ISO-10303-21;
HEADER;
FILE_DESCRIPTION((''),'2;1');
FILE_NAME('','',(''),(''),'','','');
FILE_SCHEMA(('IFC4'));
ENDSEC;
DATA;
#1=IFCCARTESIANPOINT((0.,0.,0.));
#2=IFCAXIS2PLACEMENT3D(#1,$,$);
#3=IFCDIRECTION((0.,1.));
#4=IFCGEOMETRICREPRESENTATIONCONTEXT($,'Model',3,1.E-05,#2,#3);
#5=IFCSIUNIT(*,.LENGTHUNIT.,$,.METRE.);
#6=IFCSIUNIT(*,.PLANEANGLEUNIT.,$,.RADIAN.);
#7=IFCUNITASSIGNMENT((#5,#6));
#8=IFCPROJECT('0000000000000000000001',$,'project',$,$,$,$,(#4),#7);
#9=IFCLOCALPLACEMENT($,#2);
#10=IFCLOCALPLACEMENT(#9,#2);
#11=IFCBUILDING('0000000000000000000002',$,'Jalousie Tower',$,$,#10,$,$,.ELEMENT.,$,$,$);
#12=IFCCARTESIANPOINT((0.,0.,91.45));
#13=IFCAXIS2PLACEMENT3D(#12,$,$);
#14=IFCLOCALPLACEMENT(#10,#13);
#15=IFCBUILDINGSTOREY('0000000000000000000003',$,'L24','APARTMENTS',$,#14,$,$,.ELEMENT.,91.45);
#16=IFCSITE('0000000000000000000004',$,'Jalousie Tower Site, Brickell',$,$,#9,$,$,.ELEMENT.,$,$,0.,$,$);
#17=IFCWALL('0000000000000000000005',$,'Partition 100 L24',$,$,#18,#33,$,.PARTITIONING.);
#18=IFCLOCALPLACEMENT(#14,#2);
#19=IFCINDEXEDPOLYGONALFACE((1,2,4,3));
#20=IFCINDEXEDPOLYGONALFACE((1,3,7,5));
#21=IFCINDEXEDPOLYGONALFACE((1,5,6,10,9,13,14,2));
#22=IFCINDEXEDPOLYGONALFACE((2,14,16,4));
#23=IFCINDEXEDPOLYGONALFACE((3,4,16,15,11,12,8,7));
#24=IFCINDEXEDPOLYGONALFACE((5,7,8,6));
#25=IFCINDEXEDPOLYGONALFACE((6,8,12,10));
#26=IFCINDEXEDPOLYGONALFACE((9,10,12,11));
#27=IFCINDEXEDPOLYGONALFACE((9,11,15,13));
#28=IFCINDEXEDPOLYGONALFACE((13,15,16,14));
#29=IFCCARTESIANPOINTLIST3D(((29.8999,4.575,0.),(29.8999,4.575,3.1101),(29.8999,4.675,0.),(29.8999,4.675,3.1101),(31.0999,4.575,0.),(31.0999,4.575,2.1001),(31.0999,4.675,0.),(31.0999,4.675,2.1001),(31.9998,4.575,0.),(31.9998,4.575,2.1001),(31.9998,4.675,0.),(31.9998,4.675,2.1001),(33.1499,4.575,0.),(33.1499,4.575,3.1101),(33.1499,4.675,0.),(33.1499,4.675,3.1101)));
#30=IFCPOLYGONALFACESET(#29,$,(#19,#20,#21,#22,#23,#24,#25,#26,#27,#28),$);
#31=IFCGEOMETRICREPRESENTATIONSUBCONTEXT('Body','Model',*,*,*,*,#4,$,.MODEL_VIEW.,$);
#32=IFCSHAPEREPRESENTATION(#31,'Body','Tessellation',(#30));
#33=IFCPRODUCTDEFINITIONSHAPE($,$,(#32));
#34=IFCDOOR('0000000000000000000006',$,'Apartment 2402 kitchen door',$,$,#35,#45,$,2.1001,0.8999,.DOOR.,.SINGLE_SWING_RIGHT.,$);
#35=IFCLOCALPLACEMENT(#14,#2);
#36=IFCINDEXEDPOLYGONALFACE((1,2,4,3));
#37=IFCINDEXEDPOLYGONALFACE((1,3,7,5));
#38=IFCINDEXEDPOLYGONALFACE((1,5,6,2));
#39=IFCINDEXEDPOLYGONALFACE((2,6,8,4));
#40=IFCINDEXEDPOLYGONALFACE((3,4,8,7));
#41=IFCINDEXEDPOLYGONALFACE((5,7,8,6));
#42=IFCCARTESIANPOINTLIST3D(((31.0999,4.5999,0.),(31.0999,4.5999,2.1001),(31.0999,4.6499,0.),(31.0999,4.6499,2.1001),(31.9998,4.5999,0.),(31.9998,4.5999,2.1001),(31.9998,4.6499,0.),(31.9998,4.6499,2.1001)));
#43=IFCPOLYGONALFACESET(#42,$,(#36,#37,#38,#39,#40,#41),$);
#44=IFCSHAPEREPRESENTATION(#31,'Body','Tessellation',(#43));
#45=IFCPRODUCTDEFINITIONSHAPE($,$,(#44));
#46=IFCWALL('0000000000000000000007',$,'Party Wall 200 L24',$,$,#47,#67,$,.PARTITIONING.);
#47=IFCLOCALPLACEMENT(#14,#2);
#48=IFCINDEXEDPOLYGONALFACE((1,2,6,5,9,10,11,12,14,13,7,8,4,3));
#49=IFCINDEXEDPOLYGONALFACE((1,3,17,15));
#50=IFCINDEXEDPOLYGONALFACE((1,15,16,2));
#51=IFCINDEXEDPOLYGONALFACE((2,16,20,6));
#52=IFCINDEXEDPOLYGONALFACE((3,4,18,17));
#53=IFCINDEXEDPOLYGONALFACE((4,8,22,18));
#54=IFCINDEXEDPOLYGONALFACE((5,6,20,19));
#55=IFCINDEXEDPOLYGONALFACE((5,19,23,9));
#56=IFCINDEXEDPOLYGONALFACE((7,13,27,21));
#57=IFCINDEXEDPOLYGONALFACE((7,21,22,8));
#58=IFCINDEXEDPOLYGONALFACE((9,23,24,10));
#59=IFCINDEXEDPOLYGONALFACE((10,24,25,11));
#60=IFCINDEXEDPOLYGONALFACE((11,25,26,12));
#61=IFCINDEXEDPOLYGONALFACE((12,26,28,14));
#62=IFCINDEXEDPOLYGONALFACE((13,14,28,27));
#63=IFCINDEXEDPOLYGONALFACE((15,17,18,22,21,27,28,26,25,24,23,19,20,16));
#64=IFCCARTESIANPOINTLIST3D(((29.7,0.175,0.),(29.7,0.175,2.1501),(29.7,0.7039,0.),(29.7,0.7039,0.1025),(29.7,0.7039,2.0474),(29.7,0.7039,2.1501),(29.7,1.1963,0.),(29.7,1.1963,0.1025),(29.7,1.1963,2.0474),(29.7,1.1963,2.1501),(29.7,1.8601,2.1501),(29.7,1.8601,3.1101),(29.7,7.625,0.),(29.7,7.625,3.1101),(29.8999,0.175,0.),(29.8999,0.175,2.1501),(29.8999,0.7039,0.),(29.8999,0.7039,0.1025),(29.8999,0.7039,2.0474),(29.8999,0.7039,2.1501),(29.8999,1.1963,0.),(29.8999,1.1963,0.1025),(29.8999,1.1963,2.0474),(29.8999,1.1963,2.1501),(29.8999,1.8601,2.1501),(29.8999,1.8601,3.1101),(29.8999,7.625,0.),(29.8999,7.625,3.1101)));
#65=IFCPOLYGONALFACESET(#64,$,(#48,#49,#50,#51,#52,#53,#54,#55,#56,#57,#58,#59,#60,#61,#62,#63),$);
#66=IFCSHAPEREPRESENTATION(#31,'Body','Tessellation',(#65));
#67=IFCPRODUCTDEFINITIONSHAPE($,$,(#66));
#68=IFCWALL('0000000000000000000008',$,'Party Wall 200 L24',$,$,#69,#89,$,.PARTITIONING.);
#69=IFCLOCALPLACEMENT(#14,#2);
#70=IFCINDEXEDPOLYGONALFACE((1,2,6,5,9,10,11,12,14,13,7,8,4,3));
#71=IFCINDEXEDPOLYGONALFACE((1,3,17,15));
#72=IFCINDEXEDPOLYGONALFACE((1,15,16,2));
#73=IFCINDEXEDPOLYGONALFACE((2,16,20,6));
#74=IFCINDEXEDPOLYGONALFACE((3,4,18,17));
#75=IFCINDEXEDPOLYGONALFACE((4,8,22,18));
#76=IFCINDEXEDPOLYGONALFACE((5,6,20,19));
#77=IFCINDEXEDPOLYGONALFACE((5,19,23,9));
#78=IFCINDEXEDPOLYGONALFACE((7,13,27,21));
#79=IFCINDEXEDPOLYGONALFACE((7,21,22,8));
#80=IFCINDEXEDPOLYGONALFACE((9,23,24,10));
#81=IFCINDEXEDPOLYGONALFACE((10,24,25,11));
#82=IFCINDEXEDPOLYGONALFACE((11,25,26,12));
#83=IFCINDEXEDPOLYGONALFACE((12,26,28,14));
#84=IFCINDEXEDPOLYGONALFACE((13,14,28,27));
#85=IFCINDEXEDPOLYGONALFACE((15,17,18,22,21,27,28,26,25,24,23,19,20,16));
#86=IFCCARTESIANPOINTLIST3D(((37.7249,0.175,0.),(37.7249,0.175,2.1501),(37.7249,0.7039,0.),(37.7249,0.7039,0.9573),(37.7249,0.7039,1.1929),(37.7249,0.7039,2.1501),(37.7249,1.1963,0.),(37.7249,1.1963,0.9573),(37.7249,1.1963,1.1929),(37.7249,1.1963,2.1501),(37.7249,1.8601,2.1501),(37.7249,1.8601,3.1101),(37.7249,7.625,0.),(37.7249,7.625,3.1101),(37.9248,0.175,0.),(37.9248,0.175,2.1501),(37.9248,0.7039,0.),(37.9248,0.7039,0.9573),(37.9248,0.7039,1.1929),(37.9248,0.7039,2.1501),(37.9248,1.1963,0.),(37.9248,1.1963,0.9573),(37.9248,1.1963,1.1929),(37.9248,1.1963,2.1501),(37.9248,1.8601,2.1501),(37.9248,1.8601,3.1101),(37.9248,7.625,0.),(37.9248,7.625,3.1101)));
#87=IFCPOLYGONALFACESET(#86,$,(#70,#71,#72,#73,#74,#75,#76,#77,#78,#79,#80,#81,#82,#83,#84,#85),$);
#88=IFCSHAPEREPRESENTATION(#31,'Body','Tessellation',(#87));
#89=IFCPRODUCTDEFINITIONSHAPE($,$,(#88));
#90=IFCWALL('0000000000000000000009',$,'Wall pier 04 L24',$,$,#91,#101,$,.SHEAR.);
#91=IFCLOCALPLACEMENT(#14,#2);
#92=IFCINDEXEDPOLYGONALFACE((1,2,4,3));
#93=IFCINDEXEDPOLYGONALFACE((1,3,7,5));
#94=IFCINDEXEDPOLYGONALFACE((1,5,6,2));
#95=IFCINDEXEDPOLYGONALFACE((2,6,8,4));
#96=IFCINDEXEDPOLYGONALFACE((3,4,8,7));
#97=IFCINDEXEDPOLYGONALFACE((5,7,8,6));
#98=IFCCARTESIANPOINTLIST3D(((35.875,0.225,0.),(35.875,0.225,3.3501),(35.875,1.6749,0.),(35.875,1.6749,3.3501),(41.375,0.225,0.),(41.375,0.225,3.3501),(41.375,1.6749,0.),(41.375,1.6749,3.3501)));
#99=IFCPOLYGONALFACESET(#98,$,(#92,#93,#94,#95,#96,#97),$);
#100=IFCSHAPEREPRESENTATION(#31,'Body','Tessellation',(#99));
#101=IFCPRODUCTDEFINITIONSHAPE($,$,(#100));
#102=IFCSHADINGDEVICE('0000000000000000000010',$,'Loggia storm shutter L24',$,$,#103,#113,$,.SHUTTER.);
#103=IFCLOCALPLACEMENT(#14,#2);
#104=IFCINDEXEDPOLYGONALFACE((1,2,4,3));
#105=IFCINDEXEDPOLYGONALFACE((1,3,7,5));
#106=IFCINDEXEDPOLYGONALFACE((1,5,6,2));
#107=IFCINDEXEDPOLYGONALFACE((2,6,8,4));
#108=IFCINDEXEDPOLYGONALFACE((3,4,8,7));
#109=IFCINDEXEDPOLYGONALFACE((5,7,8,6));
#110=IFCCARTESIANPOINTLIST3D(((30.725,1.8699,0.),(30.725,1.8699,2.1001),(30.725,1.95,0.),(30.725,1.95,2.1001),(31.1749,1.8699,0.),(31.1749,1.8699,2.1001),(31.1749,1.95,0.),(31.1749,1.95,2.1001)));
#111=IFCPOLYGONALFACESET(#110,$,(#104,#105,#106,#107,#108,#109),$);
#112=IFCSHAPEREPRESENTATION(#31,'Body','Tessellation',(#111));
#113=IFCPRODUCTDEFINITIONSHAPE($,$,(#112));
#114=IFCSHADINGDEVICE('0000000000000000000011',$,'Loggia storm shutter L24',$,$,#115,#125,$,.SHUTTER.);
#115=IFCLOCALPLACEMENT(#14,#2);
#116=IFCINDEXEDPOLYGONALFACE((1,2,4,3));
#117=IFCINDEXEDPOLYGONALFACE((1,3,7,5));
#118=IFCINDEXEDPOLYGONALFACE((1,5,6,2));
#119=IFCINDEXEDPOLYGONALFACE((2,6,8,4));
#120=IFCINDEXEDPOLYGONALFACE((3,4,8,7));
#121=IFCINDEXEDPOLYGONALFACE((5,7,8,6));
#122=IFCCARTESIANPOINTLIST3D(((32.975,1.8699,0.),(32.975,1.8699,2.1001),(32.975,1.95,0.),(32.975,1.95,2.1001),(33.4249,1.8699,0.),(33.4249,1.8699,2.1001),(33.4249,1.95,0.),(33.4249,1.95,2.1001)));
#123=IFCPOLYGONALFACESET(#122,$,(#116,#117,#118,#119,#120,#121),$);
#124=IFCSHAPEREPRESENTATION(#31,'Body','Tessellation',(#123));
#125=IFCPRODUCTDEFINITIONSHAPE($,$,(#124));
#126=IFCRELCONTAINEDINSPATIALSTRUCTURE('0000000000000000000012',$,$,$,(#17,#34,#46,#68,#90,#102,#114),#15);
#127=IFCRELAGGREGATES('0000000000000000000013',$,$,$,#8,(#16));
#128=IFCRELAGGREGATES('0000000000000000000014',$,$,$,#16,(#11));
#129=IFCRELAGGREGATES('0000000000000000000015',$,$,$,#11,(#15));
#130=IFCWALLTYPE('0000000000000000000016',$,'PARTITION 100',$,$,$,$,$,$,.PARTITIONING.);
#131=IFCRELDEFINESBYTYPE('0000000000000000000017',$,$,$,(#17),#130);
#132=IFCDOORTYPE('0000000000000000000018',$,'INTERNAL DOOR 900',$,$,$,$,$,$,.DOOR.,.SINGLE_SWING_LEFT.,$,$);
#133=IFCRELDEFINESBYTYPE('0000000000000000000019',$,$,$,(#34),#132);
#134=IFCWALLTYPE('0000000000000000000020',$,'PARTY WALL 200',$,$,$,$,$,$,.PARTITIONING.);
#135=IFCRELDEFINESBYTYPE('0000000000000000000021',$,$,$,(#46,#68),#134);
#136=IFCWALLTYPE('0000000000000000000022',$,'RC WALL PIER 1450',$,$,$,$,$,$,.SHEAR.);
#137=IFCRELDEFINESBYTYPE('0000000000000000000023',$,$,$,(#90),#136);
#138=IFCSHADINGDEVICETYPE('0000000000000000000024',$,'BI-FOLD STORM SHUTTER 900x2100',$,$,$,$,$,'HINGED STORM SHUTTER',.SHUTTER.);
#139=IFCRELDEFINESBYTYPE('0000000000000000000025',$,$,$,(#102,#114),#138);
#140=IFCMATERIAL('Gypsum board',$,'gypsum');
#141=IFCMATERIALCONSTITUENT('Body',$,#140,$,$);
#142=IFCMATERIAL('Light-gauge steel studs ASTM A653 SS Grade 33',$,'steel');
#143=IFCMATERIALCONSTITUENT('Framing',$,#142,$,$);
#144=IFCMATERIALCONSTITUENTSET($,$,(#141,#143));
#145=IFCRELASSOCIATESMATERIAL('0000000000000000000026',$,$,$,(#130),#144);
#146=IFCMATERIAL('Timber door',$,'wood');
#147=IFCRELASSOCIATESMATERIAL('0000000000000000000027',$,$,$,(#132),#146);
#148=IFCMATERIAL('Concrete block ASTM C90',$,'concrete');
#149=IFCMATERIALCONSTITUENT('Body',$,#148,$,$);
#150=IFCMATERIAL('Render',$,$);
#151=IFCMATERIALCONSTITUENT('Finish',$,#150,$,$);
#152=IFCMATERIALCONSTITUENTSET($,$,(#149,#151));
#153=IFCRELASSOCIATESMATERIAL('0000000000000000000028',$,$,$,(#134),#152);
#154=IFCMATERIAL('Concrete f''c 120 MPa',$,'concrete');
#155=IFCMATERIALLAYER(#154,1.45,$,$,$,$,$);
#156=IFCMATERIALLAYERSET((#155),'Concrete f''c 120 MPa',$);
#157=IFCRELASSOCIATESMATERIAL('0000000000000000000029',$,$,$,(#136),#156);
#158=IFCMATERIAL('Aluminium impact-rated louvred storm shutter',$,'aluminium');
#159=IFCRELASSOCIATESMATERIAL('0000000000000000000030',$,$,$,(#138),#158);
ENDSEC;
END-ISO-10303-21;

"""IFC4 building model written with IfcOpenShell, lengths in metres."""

from ifc_helpers import new_model, si_unit, direction, frame, frame_2d, origin, origin_2d, place, context, subcontext, project, spatial, polyline, rectangle, outline, extrude, material, layer, layer_set, constituent, constituent_set, type_object, element, fill, save


model = new_model("IFC4")

# Units and contexts
model_context = context("Model", 3, precision=1e-05, world=origin(), true_north=direction((0.0, 1.0)))
body_context = subcontext(model_context, "Body", "Model", "MODEL_VIEW")
ifc_project = project(units=[si_unit("LENGTHUNIT", "METRE"), si_unit("PLANEANGLEUNIT", "RADIAN")], contexts=[model_context])

# Site, building, storey
site_placement = place(None, origin())
site = spatial("IfcSite", under=ifc_project, at=site_placement, Name="Jalousie Tower Site, Brickell", CompositionType="ELEMENT", RefElevation=0.0)
building_placement = place(site_placement, origin())
building = spatial("IfcBuilding", under=site, at=building_placement, Name="Jalousie Tower", CompositionType="ELEMENT")
storey_placement = place(building_placement, frame((0.0, 0.0, 91.45)))
storey = spatial("IfcBuildingStorey", under=building, at=storey_placement, Name="L24", Description="APARTMENTS", CompositionType="ELEMENT", Elevation=91.45)

# Wall, opening, door
ifc_material_1 = material(Name="Gypsum board", Category="gypsum")
ifc_constituent_1 = constituent(ifc_material_1, Name="Body")
ifc_material_2 = material(Name="Light-gauge steel studs ASTM A653 SS Grade 33", Category="steel")
ifc_constituent_2 = constituent(ifc_material_2, Name="Framing")
ifc_constituent_set_1 = constituent_set(constituents=[ifc_constituent_1, ifc_constituent_2])
wall_type_1 = type_object("IfcWallType", Name="PARTITION 100", PredefinedType="PARTITIONING", material=ifc_constituent_set_1)
wall_1_placement = place(storey_placement, frame((29.8999, 4.625, 0.0), z_axis=(0.0, 0.0, 1.0), x_axis=(1.0, 0.0, 0.0)))
wall_1 = element("IfcWall", 1, at=wall_1_placement, inside=storey, type_object=wall_type_1, Name="Partition 100 L24", PredefinedType="PARTITIONING", context=body_context, shape_type="SweptSolid", body=[
    extrude(rectangle(XDim=3.25, YDim=0.1001, at=frame_2d((1.625, 0.0))), origin(), (0.0, 0.0, 1.0), 3.1101),
])
opening_1_placement = place(wall_1_placement, frame((1.2, 0.0, 0.0)))
opening_1 = element("IfcOpeningElement", 2, at=opening_1_placement, cuts=wall_1, PredefinedType="OPENING", context=body_context, shape_type="SweptSolid", body=[
    extrude(rectangle(XDim=0.8999, YDim=2.1001, at=frame_2d((0.45, 1.05))), frame((0.0, 0.0601, 0.0), z_axis=(0.0, -1.0, 0.0), x_axis=(1.0, 0.0, 0.0)), (0.0, 0.0, 1.0), 0.1201),
])
ifc_material_3 = material(Name="Timber door", Category="wood")
door_type_1 = type_object("IfcDoorType", Name="INTERNAL DOOR 900", OperationType="SINGLE_SWING_LEFT", PredefinedType="DOOR", material=ifc_material_3)
door_1_placement = place(opening_1_placement, origin())
door_1 = element("IfcDoor", 3, at=door_1_placement, inside=storey, type_object=door_type_1, Name="Apartment 2402 kitchen door", OperationType="SINGLE_SWING_RIGHT", OverallHeight=2.1001, OverallWidth=0.8999, PredefinedType="DOOR", context=body_context, shape_type="SweptSolid", body=[
    extrude(rectangle(XDim=0.8999, YDim=2.1001, at=frame_2d((0.45, 1.05))), frame((0.0, 0.0249, 0.0), z_axis=(0.0, -1.0, 0.0), x_axis=(1.0, 0.0, 0.0)), (0.0, 0.0, 1.0), 0.05),
])
fill(opening_1, door_1)

# Walls
ifc_material_4 = material(Name="Concrete block ASTM C90", Category="concrete")
ifc_constituent_3 = constituent(ifc_material_4, Name="Body")
ifc_material_5 = material(Name="Render")
ifc_constituent_4 = constituent(ifc_material_5, Name="Finish")
ifc_constituent_set_2 = constituent_set(constituents=[ifc_constituent_3, ifc_constituent_4])
wall_type_2 = type_object("IfcWallType", Name="PARTY WALL 200", PredefinedType="PARTITIONING", material=ifc_constituent_set_2)
wall_2_placement = place(storey_placement, frame((29.8, 0.175, 0.0), z_axis=(0.0, 0.0, 1.0), x_axis=(0.0, 1.0, 0.0)))
element("IfcWall", 4, at=wall_2_placement, inside=storey, type_object=wall_type_2, Name="Party Wall 200 L24", PredefinedType="PARTITIONING", context=body_context, shape_type="SweptSolid", body=[
    extrude(outline(polyline([(0.5288, 2.1501), (0.0, 2.1501), (0.0, 0.0), (0.5288, 0.0), (0.5288, 0.1025), (1.0212, 0.1025), (1.0212, 0.0), (7.45, 0.0), (7.45, 3.1101), (1.6851, 3.1101), (1.6851, 2.1501), (1.0212, 2.1501), (1.0212, 2.0474), (0.5288, 2.0474), (0.5288, 2.1501)])), frame((0.0, 0.1001, 0.0), z_axis=(0.0, -1.0, 0.0), x_axis=(1.0, 0.0, 0.0)), (0.0, 0.0, 1.0), 0.2),
])
wall_3_placement = place(storey_placement, frame((37.825, 0.175, 0.0), z_axis=(0.0, 0.0, 1.0), x_axis=(0.0, 1.0, 0.0)))
element("IfcWall", 5, at=wall_3_placement, inside=storey, type_object=wall_type_2, Name="Party Wall 200 L24", PredefinedType="PARTITIONING", context=body_context, shape_type="SweptSolid", body=[
    extrude(outline(polyline([(0.5288, 2.1501), (0.0, 2.1501), (0.0, 0.0), (0.5288, 0.0), (0.5288, 0.9573), (1.0212, 0.9573), (1.0212, 0.0), (7.45, 0.0), (7.45, 3.1101), (1.6851, 3.1101), (1.6851, 2.1501), (1.0212, 2.1501), (1.0212, 1.1929), (0.5288, 1.1929), (0.5288, 2.1501)])), frame((0.0, 0.1001, 0.0), z_axis=(0.0, -1.0, 0.0), x_axis=(1.0, 0.0, 0.0)), (0.0, 0.0, 1.0), 0.2),
])
ifc_material_6 = material(Name="Concrete f'c 120 MPa", Category="concrete")
ifc_layer_1 = layer(ifc_material_6, 1.45)
ifc_layer_set_1 = layer_set([ifc_layer_1], Name="Concrete f'c 120 MPa")
wall_type_3 = type_object("IfcWallType", Name="RC WALL PIER 1450", PredefinedType="SHEAR", material=ifc_layer_set_1)
wall_4_placement = place(storey_placement, frame((35.875, 0.95, 0.0), z_axis=(0.0, 0.0, 1.0), x_axis=(1.0, 0.0, 0.0)))
element("IfcWall", 6, at=wall_4_placement, inside=storey, type_object=wall_type_3, Name="Wall pier 04 L24", PredefinedType="SHEAR", context=body_context, shape_type="SweptSolid", body=[
    extrude(rectangle(XDim=5.5, YDim=1.45, at=frame_2d((2.75, 0.0))), origin(), (0.0, 0.0, 1.0), 3.3501),
])

# Shading devices
ifc_material_7 = material(Name="Aluminium impact-rated louvred storm shutter", Category="aluminium")
shading_device_type_1 = type_object("IfcShadingDeviceType", Name="BI-FOLD STORM SHUTTER 900x2100", ElementType="HINGED STORM SHUTTER", PredefinedType="SHUTTER", material=ifc_material_7)
for number, where, z_axis, x_axis, name in (
    (7, (30.95, 1.9099, 0.0), (0.0, 0.0, 1.0), (1.0, 0.0, 0.0), "Loggia storm shutter L24"),
    (8, (33.2, 1.9099, 0.0), (0.0, 0.0, 1.0), (1.0, 0.0, 0.0), "Loggia storm shutter L24"),
):
    element("IfcShadingDevice", number, at=place(storey_placement, frame(where, z_axis=z_axis, x_axis=x_axis)), inside=storey, type_object=shading_device_type_1, Name=name, PredefinedType="SHUTTER", context=body_context, shape_type="SweptSolid", body=[
        extrude(rectangle(XDim=0.45, YDim=0.0801, at=origin_2d()), origin(), (0.0, 0.0, 1.0), 2.1001),
    ])

save(model, "model.ifc")
